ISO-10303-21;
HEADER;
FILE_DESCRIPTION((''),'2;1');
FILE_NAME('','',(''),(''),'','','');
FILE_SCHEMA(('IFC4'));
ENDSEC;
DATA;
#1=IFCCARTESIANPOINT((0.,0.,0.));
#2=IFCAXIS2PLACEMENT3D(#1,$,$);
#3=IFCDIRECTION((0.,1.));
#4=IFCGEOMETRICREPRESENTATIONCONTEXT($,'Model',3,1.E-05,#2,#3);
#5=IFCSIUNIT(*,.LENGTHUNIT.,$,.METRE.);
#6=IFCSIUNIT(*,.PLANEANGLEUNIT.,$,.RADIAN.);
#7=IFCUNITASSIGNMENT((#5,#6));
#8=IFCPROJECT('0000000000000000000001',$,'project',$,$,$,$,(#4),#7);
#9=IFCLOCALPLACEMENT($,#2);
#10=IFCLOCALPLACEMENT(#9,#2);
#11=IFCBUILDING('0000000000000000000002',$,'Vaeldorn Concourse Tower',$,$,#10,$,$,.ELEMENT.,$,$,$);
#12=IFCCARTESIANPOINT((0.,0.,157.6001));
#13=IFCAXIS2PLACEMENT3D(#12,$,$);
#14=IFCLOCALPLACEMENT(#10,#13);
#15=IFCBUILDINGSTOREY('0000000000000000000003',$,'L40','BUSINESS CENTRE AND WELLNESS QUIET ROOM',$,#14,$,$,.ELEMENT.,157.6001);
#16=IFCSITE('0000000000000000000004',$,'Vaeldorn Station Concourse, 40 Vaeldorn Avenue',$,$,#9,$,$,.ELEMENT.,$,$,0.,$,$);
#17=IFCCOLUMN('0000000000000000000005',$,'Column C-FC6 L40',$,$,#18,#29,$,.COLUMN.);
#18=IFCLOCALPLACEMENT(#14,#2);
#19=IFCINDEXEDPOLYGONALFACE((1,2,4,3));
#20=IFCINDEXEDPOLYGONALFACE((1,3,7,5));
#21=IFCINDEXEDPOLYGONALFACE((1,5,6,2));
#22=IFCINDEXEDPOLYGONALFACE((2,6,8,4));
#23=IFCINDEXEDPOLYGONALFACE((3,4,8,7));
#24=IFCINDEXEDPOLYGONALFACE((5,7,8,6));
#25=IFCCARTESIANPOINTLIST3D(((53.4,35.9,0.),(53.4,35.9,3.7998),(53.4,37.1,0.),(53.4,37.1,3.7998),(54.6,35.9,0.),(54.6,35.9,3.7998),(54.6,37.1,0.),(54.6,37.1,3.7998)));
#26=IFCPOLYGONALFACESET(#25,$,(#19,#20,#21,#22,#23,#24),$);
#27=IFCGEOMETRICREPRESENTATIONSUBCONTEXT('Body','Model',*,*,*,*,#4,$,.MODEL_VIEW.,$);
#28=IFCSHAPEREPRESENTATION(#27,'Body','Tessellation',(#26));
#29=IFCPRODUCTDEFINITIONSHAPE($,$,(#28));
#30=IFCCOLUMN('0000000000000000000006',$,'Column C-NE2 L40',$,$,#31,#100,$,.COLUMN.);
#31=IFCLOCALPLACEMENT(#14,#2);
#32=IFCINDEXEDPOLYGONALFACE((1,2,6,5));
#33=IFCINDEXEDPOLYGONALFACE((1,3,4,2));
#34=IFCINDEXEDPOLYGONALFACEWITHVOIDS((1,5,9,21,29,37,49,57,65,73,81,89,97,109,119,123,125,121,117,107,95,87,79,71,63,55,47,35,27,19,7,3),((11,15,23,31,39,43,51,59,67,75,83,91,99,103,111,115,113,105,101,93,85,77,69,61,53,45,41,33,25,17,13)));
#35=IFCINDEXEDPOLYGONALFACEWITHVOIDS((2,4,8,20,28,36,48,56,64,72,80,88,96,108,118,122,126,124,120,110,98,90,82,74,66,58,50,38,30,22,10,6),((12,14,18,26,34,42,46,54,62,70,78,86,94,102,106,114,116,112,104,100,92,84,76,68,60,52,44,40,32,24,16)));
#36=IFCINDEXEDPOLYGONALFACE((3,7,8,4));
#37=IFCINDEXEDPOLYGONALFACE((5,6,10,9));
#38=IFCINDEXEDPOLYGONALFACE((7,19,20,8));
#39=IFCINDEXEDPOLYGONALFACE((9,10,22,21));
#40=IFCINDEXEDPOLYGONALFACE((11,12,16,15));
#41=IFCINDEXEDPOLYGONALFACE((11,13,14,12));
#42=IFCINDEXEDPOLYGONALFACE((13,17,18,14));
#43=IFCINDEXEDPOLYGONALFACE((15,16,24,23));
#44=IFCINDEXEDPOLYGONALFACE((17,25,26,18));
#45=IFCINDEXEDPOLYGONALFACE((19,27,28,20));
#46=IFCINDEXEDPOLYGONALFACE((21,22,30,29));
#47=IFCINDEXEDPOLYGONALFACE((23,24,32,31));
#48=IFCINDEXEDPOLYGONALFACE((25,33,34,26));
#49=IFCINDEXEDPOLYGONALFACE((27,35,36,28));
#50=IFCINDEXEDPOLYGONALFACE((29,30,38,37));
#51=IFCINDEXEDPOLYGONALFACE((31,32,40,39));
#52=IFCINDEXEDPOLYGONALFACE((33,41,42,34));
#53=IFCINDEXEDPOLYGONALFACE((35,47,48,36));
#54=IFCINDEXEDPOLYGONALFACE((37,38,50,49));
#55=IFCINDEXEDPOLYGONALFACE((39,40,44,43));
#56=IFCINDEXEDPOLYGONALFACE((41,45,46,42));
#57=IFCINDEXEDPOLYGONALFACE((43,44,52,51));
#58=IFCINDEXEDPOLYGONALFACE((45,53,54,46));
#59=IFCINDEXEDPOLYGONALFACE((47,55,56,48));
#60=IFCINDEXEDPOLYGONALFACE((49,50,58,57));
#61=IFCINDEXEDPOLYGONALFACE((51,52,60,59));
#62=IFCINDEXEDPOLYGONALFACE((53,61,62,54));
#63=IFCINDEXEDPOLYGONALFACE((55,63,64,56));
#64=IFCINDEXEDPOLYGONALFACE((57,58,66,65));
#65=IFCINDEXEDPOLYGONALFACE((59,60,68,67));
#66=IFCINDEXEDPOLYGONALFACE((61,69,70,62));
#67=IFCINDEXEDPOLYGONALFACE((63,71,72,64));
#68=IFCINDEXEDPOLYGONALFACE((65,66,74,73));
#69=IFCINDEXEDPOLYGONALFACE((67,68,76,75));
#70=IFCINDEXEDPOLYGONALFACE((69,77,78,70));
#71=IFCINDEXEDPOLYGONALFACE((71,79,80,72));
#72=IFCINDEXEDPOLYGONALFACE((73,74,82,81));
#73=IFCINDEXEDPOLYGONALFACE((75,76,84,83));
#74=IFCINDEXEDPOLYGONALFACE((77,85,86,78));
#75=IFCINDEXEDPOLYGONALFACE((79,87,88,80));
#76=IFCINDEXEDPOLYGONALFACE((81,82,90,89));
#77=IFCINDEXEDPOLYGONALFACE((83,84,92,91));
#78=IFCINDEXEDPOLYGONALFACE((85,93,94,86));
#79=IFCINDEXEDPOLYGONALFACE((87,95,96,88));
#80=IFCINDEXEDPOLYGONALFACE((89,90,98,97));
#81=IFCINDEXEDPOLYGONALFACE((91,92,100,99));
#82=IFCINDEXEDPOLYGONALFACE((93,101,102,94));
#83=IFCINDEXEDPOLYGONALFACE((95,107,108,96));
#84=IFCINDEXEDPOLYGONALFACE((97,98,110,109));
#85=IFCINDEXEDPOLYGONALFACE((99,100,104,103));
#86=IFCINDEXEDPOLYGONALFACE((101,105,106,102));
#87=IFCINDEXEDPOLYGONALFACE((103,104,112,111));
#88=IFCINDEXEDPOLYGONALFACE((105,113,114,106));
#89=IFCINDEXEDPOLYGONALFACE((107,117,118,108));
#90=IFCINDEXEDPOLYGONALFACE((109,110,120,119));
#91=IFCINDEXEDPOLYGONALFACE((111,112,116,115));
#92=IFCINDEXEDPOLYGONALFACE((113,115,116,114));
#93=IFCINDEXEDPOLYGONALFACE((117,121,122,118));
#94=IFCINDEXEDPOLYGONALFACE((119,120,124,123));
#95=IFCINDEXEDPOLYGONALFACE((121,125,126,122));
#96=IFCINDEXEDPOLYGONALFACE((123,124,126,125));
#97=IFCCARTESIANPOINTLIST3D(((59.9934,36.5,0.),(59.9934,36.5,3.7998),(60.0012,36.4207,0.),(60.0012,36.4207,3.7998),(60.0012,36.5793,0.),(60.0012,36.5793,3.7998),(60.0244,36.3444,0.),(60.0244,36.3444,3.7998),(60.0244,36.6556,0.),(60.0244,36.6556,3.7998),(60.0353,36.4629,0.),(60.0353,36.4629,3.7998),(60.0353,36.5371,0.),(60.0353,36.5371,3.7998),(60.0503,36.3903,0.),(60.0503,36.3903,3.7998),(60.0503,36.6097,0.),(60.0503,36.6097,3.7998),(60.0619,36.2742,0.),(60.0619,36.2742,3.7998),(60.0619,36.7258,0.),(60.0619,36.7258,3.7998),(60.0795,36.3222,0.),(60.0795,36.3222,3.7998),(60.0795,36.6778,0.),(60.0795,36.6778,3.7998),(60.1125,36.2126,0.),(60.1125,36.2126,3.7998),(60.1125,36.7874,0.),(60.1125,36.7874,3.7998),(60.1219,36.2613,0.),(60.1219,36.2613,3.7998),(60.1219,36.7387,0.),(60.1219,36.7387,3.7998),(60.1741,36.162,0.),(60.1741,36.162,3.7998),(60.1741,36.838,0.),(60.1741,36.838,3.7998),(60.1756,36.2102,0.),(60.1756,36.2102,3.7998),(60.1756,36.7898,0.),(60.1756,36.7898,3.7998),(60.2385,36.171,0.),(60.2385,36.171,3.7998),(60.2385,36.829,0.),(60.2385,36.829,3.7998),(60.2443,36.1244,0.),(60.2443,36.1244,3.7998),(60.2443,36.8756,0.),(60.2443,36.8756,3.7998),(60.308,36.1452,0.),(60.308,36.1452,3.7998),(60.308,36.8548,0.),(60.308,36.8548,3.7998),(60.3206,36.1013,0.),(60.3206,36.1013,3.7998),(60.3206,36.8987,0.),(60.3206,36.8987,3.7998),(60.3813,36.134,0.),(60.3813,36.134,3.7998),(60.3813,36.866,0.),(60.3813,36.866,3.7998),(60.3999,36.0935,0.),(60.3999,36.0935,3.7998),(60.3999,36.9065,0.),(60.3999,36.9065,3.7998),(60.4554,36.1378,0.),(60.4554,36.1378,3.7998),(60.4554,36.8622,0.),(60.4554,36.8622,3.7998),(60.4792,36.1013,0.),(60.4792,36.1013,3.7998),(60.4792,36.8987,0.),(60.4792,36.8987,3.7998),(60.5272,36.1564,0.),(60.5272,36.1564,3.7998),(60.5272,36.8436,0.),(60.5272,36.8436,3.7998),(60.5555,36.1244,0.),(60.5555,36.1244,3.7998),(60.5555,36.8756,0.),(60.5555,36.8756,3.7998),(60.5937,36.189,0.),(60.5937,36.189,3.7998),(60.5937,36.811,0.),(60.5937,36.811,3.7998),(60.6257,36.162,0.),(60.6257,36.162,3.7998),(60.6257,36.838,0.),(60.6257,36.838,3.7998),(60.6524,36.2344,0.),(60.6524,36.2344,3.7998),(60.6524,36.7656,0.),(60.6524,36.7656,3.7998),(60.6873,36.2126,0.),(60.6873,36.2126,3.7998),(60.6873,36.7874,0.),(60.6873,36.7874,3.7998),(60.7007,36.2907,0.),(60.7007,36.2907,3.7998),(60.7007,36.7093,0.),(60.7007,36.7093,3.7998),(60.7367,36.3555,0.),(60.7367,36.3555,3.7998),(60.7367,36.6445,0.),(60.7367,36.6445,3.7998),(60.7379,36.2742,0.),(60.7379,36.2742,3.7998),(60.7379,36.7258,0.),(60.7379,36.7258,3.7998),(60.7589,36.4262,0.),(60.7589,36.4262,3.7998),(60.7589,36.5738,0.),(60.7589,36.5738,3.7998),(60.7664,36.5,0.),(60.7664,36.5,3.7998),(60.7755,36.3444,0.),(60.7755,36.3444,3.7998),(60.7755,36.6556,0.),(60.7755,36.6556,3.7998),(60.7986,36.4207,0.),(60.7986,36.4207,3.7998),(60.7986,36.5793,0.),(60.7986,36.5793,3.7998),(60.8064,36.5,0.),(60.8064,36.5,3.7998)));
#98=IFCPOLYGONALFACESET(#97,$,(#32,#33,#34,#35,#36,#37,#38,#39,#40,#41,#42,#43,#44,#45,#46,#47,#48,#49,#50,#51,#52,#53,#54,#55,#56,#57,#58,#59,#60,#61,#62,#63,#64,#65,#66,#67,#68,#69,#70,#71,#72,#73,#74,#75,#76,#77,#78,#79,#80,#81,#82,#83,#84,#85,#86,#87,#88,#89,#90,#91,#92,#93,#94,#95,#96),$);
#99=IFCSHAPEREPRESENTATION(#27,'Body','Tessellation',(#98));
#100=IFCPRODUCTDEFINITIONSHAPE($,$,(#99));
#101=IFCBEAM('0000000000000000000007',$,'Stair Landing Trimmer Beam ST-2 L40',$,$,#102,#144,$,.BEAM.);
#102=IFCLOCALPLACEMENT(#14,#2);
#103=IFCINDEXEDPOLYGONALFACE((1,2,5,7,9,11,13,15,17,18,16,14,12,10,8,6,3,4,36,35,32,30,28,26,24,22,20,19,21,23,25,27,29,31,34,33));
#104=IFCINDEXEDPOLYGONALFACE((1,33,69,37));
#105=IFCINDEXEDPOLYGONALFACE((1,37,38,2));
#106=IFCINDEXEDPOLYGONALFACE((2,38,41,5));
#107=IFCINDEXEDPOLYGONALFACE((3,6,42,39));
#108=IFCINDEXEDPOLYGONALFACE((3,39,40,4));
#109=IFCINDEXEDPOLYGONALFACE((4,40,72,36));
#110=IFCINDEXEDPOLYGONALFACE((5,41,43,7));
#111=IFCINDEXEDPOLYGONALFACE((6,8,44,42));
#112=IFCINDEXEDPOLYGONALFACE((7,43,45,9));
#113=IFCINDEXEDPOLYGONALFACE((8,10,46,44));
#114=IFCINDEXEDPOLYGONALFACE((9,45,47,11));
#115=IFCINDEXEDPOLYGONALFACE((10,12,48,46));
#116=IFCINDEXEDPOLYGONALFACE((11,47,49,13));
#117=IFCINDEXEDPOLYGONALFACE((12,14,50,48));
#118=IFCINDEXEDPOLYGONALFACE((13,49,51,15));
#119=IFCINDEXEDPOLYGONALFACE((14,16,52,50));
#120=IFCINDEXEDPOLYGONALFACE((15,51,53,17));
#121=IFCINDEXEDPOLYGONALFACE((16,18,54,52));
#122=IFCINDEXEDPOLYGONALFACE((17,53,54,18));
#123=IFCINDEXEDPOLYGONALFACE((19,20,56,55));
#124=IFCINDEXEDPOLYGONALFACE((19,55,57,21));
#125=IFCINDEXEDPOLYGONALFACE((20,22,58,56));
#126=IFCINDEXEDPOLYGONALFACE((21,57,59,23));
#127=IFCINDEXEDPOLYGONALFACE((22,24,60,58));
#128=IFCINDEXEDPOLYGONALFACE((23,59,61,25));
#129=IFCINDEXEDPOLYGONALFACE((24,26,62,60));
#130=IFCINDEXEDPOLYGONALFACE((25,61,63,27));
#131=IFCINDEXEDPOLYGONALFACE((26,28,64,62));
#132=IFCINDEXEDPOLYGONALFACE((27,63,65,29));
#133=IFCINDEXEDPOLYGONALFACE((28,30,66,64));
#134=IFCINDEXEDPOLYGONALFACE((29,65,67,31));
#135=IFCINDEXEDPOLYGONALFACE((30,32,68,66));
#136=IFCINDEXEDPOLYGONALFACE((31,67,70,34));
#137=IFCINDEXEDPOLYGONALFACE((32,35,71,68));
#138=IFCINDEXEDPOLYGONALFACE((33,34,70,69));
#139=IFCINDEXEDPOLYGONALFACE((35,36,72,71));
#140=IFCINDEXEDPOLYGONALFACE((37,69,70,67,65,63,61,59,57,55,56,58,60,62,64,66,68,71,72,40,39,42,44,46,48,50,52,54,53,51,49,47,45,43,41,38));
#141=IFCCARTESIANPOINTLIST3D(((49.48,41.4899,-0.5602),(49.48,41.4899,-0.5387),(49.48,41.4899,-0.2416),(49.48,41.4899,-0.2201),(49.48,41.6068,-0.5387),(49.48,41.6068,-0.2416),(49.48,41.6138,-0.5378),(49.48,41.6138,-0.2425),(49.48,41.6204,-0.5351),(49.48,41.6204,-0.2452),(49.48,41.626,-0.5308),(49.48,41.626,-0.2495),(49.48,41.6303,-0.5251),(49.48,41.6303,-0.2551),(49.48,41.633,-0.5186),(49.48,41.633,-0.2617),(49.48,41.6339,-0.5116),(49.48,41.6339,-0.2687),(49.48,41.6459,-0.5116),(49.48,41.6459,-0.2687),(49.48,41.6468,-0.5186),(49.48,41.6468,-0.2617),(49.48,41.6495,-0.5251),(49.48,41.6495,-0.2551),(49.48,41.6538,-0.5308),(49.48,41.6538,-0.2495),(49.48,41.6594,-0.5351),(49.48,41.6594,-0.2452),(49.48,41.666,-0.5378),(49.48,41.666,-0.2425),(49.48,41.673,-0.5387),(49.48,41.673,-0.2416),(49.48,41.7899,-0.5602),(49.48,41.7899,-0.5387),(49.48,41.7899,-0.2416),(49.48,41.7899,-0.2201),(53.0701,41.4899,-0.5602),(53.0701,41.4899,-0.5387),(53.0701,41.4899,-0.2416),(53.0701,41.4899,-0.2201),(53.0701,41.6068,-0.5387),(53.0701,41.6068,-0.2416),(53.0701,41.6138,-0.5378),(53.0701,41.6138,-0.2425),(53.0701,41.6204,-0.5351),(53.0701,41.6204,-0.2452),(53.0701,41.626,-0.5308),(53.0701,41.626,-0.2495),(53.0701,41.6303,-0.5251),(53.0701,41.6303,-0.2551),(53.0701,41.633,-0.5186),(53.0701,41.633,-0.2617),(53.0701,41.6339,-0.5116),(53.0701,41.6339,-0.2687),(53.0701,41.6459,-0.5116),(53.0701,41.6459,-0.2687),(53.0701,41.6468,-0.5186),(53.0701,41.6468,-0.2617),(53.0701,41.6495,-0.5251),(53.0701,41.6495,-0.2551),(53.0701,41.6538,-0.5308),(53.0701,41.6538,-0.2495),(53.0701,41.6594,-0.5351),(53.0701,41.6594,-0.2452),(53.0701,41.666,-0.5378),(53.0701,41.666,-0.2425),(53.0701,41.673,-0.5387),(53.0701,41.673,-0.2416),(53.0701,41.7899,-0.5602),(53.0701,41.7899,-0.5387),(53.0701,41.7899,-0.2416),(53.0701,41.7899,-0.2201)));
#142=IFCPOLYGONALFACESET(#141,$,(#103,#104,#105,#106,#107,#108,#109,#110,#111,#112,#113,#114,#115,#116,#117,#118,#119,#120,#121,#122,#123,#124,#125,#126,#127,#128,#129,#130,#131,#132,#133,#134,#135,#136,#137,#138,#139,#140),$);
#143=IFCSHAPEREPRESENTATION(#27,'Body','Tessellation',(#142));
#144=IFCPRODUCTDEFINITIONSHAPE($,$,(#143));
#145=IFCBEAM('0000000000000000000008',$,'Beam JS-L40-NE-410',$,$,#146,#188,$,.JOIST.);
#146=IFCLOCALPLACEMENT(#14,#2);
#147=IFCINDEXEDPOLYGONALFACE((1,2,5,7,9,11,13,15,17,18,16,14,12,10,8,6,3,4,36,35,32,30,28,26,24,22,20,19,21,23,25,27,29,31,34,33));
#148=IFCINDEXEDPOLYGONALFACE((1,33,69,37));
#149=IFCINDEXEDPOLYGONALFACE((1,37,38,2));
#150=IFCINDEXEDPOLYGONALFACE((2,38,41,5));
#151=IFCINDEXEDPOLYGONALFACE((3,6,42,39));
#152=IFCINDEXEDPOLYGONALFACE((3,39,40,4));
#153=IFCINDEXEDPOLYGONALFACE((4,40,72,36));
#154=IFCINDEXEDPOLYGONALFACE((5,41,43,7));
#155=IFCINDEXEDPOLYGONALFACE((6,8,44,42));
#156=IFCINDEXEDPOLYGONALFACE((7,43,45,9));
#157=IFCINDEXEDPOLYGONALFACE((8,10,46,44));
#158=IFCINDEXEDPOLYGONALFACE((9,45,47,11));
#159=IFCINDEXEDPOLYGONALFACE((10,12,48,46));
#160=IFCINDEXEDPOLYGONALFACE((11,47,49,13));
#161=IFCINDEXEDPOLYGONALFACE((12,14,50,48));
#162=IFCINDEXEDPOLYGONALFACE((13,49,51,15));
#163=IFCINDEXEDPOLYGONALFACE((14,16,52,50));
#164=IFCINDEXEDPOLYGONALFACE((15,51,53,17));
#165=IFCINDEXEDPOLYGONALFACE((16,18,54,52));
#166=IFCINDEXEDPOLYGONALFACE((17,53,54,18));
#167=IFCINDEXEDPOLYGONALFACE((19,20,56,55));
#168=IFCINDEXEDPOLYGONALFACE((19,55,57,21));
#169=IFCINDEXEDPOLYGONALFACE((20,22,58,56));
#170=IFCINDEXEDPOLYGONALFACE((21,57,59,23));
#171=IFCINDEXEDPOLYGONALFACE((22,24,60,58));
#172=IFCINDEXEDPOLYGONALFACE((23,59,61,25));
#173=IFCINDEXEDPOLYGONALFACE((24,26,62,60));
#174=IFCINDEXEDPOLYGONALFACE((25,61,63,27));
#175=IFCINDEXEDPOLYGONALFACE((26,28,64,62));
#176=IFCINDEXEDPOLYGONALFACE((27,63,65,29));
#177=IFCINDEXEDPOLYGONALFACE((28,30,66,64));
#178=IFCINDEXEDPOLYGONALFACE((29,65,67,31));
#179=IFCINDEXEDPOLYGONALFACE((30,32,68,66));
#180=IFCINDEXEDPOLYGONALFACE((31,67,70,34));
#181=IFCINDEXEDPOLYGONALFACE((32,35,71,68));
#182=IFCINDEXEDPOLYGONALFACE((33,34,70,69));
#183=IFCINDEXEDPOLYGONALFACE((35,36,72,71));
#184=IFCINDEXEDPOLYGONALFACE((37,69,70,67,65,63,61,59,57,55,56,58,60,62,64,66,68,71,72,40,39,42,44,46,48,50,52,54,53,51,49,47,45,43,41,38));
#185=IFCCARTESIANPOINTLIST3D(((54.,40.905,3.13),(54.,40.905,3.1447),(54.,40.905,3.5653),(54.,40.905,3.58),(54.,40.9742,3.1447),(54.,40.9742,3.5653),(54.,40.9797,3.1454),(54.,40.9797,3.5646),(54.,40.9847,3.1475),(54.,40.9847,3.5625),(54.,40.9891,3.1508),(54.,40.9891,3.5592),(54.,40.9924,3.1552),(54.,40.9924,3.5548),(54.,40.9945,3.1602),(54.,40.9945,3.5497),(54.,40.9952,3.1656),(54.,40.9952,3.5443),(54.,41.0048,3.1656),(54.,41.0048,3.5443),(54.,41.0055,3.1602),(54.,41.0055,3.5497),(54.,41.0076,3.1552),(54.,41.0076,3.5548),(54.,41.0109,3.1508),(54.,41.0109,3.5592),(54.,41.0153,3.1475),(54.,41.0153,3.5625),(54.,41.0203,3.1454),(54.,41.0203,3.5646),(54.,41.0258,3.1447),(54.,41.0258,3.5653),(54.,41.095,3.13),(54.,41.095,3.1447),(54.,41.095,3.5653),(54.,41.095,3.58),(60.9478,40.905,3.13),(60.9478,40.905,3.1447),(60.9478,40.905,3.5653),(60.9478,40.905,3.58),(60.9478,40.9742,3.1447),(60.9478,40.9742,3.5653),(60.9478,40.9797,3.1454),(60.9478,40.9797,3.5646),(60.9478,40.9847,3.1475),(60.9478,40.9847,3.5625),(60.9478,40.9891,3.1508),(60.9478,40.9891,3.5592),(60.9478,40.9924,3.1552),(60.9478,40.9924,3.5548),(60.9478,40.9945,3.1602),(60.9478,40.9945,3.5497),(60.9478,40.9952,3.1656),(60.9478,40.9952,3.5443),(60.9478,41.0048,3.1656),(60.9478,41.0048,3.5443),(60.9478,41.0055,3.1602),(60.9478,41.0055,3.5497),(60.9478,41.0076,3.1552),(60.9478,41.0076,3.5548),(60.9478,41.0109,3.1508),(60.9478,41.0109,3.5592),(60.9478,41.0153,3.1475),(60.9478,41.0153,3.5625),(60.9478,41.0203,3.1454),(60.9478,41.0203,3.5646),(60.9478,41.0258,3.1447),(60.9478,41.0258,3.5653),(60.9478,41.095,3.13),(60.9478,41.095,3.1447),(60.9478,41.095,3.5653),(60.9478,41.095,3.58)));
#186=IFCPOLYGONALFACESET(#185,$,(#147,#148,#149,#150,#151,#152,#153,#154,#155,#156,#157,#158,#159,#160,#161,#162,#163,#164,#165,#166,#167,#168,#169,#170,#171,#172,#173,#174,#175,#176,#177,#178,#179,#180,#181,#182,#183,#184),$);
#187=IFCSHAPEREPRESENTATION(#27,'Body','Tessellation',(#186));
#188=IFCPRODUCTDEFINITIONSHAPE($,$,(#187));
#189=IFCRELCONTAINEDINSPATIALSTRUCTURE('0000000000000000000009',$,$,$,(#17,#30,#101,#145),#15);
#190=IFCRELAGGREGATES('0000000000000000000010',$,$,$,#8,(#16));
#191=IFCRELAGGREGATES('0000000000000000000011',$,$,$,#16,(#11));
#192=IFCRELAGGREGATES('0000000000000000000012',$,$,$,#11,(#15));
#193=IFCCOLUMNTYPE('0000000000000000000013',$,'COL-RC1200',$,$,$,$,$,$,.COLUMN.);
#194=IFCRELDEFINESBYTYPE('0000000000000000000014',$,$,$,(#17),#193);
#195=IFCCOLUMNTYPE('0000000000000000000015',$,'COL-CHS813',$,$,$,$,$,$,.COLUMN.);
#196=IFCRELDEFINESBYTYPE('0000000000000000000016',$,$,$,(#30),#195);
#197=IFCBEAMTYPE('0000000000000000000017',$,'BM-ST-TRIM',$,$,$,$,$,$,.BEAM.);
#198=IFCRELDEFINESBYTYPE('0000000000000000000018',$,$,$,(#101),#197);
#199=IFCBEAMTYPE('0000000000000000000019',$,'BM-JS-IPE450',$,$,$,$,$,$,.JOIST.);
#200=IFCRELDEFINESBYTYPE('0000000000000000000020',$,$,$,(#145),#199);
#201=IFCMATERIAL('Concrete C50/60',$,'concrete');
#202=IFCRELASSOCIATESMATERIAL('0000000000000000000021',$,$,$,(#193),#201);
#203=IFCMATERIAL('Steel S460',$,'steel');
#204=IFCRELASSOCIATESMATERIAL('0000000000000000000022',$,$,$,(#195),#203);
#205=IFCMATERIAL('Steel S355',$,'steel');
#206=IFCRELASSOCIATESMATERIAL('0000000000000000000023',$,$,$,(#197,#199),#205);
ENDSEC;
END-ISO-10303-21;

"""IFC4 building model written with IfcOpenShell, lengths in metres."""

from ifc_helpers import new_model, si_unit, direction, frame, origin, origin_2d, place, context, subcontext, project, spatial, rectangle, hollow_circle, i_section, extrude, source, transform, mapped, material, material_profile, profile_set, type_object, element, save


model = new_model("IFC4")

# Units and contexts
model_context = context("Model", 3, precision=1e-05, world=origin(), true_north=direction((0.0, 1.0)))
body_context = subcontext(model_context, "Body", "Model", "MODEL_VIEW")
ifc_project = project(units=[si_unit("LENGTHUNIT", "METRE"), si_unit("PLANEANGLEUNIT", "RADIAN")], contexts=[model_context])

# Site, building, storey
site_placement = place(None, origin())
site = spatial("IfcSite", under=ifc_project, at=site_placement, Name="Vaeldorn Station Concourse, 40 Vaeldorn Avenue", CompositionType="ELEMENT", RefElevation=0.0)
building_placement = place(site_placement, origin())
building = spatial("IfcBuilding", under=site, at=building_placement, Name="Vaeldorn Concourse Tower", CompositionType="ELEMENT")
storey_placement = place(building_placement, frame((0.0, 0.0, 157.6001)))
storey = spatial("IfcBuildingStorey", under=building, at=storey_placement, Name="L40", Description="BUSINESS CENTRE AND WELLNESS QUIET ROOM", CompositionType="ELEMENT", Elevation=157.6001)

# Columns
ifc_material_1 = material(Name="Concrete C50/60", Category="concrete")
ifc_material_profile_1 = material_profile(ifc_material_1, rectangle(XDim=1.2, YDim=1.2, at=origin_2d()), Name="RC 1200x1200")
ifc_profile_set_1 = profile_set([ifc_material_profile_1], Name="Concrete C50/60")
column_type_1 = type_object("IfcColumnType", Name="COL-RC1200", PredefinedType="COLUMN", material=ifc_profile_set_1)
shared_shape_1 = source(origin(), body_context, "Body", "SweptSolid", [
    extrude(rectangle(XDim=1.2, YDim=1.2, at=origin_2d()), origin(), (0.0, 0.0, 1.0), 3.7998),
])
column_1_placement = place(storey_placement, frame((54.0, 36.5, 0.0), z_axis=(0.0, 0.0, 1.0), x_axis=(1.0, 0.0, 0.0)))
element("IfcColumn", 1, at=column_1_placement, inside=storey, type_object=column_type_1, Name="Column C-FC6 L40", PredefinedType="COLUMN", context=body_context, shape_type="MappedRepresentation", body=[
    mapped(shared_shape_1, transform((0.0, 0.0, 0.0), scale=1.0)),
])
ifc_material_2 = material(Name="Steel S460", Category="steel")
ifc_material_profile_2 = material_profile(ifc_material_2, hollow_circle(Radius=0.4065, WallThickness=0.04, at=origin_2d()), Name="CHS 813x40")
ifc_profile_set_2 = profile_set([ifc_material_profile_2], Name="Steel S460")
column_type_2 = type_object("IfcColumnType", Name="COL-CHS813", PredefinedType="COLUMN", material=ifc_profile_set_2)
shared_shape_2 = source(origin(), body_context, "Body", "SweptSolid", [
    extrude(hollow_circle(Radius=0.4065, WallThickness=0.04, at=origin_2d()), origin(), (0.0, 0.0, 1.0), 3.7998),
])
column_2_placement = place(storey_placement, frame((60.3999, 36.5, 0.0), z_axis=(0.0, 0.0, 1.0), x_axis=(1.0, 0.0, 0.0)))
element("IfcColumn", 2, at=column_2_placement, inside=storey, type_object=column_type_2, Name="Column C-NE2 L40", PredefinedType="COLUMN", context=body_context, shape_type="MappedRepresentation", body=[
    mapped(shared_shape_2, transform((0.0, 0.0, 0.0), scale=1.0)),
])

# Beams
ifc_material_3 = material(Name="Steel S355", Category="steel")
ifc_material_profile_3 = material_profile(ifc_material_3, i_section(OverallWidth=0.3, OverallDepth=0.3401, WebThickness=0.012, FlangeThickness=0.0215, FilletRadius=0.0271, at=origin_2d()), Name="HEB 340")
ifc_profile_set_3 = profile_set([ifc_material_profile_3], Name="Steel S355")
beam_type_1 = type_object("IfcBeamType", Name="BM-ST-TRIM", PredefinedType="BEAM", material=ifc_profile_set_3)
shared_shape_3 = source(origin(), body_context, "Body", "SweptSolid", [
    extrude(i_section(OverallWidth=0.3, OverallDepth=0.3401, WebThickness=0.012, FlangeThickness=0.0215, FilletRadius=0.0271, at=origin_2d()), origin(), (0.0, 0.0, 1.0), 3.5901),
])
beam_1_placement = place(storey_placement, frame((49.48, 41.6399, -0.3901), z_axis=(1.0, 0.0, 0.0), x_axis=(0.0, 1.0, 0.0)))
element("IfcBeam", 3, at=beam_1_placement, inside=storey, type_object=beam_type_1, Name="Stair Landing Trimmer Beam ST-2 L40", PredefinedType="BEAM", context=body_context, shape_type="MappedRepresentation", body=[
    mapped(shared_shape_3, transform((0.0, 0.0, 0.0), scale=1.0)),
])
ifc_material_profile_4 = material_profile(ifc_material_3, i_section(OverallWidth=0.1899, OverallDepth=0.45, WebThickness=0.0095, FlangeThickness=0.0146, FilletRadius=0.021, at=origin_2d()), Name="IPE 450")
ifc_profile_set_4 = profile_set([ifc_material_profile_4], Name="Steel S355")
beam_type_2 = type_object("IfcBeamType", Name="BM-JS-IPE450", PredefinedType="JOIST", material=ifc_profile_set_4)
shared_shape_4 = source(origin(), body_context, "Body", "SweptSolid", [
    extrude(i_section(OverallWidth=0.1899, OverallDepth=0.45, WebThickness=0.0095, FlangeThickness=0.0146, FilletRadius=0.021, at=origin_2d()), origin(), (0.0, 0.0, 1.0), 6.9478),
])
beam_2_placement = place(storey_placement, frame((54.0, 41.0, 3.355), z_axis=(1.0, 0.0, 0.0), x_axis=(0.0, 1.0, 0.0)))
element("IfcBeam", 4, at=beam_2_placement, inside=storey, type_object=beam_type_2, Name="Beam JS-L40-NE-410", PredefinedType="JOIST", context=body_context, shape_type="MappedRepresentation", body=[
    mapped(shared_shape_4, transform((0.0, 0.0, 0.0), scale=1.0)),
])

save(model, "model.ifc")
